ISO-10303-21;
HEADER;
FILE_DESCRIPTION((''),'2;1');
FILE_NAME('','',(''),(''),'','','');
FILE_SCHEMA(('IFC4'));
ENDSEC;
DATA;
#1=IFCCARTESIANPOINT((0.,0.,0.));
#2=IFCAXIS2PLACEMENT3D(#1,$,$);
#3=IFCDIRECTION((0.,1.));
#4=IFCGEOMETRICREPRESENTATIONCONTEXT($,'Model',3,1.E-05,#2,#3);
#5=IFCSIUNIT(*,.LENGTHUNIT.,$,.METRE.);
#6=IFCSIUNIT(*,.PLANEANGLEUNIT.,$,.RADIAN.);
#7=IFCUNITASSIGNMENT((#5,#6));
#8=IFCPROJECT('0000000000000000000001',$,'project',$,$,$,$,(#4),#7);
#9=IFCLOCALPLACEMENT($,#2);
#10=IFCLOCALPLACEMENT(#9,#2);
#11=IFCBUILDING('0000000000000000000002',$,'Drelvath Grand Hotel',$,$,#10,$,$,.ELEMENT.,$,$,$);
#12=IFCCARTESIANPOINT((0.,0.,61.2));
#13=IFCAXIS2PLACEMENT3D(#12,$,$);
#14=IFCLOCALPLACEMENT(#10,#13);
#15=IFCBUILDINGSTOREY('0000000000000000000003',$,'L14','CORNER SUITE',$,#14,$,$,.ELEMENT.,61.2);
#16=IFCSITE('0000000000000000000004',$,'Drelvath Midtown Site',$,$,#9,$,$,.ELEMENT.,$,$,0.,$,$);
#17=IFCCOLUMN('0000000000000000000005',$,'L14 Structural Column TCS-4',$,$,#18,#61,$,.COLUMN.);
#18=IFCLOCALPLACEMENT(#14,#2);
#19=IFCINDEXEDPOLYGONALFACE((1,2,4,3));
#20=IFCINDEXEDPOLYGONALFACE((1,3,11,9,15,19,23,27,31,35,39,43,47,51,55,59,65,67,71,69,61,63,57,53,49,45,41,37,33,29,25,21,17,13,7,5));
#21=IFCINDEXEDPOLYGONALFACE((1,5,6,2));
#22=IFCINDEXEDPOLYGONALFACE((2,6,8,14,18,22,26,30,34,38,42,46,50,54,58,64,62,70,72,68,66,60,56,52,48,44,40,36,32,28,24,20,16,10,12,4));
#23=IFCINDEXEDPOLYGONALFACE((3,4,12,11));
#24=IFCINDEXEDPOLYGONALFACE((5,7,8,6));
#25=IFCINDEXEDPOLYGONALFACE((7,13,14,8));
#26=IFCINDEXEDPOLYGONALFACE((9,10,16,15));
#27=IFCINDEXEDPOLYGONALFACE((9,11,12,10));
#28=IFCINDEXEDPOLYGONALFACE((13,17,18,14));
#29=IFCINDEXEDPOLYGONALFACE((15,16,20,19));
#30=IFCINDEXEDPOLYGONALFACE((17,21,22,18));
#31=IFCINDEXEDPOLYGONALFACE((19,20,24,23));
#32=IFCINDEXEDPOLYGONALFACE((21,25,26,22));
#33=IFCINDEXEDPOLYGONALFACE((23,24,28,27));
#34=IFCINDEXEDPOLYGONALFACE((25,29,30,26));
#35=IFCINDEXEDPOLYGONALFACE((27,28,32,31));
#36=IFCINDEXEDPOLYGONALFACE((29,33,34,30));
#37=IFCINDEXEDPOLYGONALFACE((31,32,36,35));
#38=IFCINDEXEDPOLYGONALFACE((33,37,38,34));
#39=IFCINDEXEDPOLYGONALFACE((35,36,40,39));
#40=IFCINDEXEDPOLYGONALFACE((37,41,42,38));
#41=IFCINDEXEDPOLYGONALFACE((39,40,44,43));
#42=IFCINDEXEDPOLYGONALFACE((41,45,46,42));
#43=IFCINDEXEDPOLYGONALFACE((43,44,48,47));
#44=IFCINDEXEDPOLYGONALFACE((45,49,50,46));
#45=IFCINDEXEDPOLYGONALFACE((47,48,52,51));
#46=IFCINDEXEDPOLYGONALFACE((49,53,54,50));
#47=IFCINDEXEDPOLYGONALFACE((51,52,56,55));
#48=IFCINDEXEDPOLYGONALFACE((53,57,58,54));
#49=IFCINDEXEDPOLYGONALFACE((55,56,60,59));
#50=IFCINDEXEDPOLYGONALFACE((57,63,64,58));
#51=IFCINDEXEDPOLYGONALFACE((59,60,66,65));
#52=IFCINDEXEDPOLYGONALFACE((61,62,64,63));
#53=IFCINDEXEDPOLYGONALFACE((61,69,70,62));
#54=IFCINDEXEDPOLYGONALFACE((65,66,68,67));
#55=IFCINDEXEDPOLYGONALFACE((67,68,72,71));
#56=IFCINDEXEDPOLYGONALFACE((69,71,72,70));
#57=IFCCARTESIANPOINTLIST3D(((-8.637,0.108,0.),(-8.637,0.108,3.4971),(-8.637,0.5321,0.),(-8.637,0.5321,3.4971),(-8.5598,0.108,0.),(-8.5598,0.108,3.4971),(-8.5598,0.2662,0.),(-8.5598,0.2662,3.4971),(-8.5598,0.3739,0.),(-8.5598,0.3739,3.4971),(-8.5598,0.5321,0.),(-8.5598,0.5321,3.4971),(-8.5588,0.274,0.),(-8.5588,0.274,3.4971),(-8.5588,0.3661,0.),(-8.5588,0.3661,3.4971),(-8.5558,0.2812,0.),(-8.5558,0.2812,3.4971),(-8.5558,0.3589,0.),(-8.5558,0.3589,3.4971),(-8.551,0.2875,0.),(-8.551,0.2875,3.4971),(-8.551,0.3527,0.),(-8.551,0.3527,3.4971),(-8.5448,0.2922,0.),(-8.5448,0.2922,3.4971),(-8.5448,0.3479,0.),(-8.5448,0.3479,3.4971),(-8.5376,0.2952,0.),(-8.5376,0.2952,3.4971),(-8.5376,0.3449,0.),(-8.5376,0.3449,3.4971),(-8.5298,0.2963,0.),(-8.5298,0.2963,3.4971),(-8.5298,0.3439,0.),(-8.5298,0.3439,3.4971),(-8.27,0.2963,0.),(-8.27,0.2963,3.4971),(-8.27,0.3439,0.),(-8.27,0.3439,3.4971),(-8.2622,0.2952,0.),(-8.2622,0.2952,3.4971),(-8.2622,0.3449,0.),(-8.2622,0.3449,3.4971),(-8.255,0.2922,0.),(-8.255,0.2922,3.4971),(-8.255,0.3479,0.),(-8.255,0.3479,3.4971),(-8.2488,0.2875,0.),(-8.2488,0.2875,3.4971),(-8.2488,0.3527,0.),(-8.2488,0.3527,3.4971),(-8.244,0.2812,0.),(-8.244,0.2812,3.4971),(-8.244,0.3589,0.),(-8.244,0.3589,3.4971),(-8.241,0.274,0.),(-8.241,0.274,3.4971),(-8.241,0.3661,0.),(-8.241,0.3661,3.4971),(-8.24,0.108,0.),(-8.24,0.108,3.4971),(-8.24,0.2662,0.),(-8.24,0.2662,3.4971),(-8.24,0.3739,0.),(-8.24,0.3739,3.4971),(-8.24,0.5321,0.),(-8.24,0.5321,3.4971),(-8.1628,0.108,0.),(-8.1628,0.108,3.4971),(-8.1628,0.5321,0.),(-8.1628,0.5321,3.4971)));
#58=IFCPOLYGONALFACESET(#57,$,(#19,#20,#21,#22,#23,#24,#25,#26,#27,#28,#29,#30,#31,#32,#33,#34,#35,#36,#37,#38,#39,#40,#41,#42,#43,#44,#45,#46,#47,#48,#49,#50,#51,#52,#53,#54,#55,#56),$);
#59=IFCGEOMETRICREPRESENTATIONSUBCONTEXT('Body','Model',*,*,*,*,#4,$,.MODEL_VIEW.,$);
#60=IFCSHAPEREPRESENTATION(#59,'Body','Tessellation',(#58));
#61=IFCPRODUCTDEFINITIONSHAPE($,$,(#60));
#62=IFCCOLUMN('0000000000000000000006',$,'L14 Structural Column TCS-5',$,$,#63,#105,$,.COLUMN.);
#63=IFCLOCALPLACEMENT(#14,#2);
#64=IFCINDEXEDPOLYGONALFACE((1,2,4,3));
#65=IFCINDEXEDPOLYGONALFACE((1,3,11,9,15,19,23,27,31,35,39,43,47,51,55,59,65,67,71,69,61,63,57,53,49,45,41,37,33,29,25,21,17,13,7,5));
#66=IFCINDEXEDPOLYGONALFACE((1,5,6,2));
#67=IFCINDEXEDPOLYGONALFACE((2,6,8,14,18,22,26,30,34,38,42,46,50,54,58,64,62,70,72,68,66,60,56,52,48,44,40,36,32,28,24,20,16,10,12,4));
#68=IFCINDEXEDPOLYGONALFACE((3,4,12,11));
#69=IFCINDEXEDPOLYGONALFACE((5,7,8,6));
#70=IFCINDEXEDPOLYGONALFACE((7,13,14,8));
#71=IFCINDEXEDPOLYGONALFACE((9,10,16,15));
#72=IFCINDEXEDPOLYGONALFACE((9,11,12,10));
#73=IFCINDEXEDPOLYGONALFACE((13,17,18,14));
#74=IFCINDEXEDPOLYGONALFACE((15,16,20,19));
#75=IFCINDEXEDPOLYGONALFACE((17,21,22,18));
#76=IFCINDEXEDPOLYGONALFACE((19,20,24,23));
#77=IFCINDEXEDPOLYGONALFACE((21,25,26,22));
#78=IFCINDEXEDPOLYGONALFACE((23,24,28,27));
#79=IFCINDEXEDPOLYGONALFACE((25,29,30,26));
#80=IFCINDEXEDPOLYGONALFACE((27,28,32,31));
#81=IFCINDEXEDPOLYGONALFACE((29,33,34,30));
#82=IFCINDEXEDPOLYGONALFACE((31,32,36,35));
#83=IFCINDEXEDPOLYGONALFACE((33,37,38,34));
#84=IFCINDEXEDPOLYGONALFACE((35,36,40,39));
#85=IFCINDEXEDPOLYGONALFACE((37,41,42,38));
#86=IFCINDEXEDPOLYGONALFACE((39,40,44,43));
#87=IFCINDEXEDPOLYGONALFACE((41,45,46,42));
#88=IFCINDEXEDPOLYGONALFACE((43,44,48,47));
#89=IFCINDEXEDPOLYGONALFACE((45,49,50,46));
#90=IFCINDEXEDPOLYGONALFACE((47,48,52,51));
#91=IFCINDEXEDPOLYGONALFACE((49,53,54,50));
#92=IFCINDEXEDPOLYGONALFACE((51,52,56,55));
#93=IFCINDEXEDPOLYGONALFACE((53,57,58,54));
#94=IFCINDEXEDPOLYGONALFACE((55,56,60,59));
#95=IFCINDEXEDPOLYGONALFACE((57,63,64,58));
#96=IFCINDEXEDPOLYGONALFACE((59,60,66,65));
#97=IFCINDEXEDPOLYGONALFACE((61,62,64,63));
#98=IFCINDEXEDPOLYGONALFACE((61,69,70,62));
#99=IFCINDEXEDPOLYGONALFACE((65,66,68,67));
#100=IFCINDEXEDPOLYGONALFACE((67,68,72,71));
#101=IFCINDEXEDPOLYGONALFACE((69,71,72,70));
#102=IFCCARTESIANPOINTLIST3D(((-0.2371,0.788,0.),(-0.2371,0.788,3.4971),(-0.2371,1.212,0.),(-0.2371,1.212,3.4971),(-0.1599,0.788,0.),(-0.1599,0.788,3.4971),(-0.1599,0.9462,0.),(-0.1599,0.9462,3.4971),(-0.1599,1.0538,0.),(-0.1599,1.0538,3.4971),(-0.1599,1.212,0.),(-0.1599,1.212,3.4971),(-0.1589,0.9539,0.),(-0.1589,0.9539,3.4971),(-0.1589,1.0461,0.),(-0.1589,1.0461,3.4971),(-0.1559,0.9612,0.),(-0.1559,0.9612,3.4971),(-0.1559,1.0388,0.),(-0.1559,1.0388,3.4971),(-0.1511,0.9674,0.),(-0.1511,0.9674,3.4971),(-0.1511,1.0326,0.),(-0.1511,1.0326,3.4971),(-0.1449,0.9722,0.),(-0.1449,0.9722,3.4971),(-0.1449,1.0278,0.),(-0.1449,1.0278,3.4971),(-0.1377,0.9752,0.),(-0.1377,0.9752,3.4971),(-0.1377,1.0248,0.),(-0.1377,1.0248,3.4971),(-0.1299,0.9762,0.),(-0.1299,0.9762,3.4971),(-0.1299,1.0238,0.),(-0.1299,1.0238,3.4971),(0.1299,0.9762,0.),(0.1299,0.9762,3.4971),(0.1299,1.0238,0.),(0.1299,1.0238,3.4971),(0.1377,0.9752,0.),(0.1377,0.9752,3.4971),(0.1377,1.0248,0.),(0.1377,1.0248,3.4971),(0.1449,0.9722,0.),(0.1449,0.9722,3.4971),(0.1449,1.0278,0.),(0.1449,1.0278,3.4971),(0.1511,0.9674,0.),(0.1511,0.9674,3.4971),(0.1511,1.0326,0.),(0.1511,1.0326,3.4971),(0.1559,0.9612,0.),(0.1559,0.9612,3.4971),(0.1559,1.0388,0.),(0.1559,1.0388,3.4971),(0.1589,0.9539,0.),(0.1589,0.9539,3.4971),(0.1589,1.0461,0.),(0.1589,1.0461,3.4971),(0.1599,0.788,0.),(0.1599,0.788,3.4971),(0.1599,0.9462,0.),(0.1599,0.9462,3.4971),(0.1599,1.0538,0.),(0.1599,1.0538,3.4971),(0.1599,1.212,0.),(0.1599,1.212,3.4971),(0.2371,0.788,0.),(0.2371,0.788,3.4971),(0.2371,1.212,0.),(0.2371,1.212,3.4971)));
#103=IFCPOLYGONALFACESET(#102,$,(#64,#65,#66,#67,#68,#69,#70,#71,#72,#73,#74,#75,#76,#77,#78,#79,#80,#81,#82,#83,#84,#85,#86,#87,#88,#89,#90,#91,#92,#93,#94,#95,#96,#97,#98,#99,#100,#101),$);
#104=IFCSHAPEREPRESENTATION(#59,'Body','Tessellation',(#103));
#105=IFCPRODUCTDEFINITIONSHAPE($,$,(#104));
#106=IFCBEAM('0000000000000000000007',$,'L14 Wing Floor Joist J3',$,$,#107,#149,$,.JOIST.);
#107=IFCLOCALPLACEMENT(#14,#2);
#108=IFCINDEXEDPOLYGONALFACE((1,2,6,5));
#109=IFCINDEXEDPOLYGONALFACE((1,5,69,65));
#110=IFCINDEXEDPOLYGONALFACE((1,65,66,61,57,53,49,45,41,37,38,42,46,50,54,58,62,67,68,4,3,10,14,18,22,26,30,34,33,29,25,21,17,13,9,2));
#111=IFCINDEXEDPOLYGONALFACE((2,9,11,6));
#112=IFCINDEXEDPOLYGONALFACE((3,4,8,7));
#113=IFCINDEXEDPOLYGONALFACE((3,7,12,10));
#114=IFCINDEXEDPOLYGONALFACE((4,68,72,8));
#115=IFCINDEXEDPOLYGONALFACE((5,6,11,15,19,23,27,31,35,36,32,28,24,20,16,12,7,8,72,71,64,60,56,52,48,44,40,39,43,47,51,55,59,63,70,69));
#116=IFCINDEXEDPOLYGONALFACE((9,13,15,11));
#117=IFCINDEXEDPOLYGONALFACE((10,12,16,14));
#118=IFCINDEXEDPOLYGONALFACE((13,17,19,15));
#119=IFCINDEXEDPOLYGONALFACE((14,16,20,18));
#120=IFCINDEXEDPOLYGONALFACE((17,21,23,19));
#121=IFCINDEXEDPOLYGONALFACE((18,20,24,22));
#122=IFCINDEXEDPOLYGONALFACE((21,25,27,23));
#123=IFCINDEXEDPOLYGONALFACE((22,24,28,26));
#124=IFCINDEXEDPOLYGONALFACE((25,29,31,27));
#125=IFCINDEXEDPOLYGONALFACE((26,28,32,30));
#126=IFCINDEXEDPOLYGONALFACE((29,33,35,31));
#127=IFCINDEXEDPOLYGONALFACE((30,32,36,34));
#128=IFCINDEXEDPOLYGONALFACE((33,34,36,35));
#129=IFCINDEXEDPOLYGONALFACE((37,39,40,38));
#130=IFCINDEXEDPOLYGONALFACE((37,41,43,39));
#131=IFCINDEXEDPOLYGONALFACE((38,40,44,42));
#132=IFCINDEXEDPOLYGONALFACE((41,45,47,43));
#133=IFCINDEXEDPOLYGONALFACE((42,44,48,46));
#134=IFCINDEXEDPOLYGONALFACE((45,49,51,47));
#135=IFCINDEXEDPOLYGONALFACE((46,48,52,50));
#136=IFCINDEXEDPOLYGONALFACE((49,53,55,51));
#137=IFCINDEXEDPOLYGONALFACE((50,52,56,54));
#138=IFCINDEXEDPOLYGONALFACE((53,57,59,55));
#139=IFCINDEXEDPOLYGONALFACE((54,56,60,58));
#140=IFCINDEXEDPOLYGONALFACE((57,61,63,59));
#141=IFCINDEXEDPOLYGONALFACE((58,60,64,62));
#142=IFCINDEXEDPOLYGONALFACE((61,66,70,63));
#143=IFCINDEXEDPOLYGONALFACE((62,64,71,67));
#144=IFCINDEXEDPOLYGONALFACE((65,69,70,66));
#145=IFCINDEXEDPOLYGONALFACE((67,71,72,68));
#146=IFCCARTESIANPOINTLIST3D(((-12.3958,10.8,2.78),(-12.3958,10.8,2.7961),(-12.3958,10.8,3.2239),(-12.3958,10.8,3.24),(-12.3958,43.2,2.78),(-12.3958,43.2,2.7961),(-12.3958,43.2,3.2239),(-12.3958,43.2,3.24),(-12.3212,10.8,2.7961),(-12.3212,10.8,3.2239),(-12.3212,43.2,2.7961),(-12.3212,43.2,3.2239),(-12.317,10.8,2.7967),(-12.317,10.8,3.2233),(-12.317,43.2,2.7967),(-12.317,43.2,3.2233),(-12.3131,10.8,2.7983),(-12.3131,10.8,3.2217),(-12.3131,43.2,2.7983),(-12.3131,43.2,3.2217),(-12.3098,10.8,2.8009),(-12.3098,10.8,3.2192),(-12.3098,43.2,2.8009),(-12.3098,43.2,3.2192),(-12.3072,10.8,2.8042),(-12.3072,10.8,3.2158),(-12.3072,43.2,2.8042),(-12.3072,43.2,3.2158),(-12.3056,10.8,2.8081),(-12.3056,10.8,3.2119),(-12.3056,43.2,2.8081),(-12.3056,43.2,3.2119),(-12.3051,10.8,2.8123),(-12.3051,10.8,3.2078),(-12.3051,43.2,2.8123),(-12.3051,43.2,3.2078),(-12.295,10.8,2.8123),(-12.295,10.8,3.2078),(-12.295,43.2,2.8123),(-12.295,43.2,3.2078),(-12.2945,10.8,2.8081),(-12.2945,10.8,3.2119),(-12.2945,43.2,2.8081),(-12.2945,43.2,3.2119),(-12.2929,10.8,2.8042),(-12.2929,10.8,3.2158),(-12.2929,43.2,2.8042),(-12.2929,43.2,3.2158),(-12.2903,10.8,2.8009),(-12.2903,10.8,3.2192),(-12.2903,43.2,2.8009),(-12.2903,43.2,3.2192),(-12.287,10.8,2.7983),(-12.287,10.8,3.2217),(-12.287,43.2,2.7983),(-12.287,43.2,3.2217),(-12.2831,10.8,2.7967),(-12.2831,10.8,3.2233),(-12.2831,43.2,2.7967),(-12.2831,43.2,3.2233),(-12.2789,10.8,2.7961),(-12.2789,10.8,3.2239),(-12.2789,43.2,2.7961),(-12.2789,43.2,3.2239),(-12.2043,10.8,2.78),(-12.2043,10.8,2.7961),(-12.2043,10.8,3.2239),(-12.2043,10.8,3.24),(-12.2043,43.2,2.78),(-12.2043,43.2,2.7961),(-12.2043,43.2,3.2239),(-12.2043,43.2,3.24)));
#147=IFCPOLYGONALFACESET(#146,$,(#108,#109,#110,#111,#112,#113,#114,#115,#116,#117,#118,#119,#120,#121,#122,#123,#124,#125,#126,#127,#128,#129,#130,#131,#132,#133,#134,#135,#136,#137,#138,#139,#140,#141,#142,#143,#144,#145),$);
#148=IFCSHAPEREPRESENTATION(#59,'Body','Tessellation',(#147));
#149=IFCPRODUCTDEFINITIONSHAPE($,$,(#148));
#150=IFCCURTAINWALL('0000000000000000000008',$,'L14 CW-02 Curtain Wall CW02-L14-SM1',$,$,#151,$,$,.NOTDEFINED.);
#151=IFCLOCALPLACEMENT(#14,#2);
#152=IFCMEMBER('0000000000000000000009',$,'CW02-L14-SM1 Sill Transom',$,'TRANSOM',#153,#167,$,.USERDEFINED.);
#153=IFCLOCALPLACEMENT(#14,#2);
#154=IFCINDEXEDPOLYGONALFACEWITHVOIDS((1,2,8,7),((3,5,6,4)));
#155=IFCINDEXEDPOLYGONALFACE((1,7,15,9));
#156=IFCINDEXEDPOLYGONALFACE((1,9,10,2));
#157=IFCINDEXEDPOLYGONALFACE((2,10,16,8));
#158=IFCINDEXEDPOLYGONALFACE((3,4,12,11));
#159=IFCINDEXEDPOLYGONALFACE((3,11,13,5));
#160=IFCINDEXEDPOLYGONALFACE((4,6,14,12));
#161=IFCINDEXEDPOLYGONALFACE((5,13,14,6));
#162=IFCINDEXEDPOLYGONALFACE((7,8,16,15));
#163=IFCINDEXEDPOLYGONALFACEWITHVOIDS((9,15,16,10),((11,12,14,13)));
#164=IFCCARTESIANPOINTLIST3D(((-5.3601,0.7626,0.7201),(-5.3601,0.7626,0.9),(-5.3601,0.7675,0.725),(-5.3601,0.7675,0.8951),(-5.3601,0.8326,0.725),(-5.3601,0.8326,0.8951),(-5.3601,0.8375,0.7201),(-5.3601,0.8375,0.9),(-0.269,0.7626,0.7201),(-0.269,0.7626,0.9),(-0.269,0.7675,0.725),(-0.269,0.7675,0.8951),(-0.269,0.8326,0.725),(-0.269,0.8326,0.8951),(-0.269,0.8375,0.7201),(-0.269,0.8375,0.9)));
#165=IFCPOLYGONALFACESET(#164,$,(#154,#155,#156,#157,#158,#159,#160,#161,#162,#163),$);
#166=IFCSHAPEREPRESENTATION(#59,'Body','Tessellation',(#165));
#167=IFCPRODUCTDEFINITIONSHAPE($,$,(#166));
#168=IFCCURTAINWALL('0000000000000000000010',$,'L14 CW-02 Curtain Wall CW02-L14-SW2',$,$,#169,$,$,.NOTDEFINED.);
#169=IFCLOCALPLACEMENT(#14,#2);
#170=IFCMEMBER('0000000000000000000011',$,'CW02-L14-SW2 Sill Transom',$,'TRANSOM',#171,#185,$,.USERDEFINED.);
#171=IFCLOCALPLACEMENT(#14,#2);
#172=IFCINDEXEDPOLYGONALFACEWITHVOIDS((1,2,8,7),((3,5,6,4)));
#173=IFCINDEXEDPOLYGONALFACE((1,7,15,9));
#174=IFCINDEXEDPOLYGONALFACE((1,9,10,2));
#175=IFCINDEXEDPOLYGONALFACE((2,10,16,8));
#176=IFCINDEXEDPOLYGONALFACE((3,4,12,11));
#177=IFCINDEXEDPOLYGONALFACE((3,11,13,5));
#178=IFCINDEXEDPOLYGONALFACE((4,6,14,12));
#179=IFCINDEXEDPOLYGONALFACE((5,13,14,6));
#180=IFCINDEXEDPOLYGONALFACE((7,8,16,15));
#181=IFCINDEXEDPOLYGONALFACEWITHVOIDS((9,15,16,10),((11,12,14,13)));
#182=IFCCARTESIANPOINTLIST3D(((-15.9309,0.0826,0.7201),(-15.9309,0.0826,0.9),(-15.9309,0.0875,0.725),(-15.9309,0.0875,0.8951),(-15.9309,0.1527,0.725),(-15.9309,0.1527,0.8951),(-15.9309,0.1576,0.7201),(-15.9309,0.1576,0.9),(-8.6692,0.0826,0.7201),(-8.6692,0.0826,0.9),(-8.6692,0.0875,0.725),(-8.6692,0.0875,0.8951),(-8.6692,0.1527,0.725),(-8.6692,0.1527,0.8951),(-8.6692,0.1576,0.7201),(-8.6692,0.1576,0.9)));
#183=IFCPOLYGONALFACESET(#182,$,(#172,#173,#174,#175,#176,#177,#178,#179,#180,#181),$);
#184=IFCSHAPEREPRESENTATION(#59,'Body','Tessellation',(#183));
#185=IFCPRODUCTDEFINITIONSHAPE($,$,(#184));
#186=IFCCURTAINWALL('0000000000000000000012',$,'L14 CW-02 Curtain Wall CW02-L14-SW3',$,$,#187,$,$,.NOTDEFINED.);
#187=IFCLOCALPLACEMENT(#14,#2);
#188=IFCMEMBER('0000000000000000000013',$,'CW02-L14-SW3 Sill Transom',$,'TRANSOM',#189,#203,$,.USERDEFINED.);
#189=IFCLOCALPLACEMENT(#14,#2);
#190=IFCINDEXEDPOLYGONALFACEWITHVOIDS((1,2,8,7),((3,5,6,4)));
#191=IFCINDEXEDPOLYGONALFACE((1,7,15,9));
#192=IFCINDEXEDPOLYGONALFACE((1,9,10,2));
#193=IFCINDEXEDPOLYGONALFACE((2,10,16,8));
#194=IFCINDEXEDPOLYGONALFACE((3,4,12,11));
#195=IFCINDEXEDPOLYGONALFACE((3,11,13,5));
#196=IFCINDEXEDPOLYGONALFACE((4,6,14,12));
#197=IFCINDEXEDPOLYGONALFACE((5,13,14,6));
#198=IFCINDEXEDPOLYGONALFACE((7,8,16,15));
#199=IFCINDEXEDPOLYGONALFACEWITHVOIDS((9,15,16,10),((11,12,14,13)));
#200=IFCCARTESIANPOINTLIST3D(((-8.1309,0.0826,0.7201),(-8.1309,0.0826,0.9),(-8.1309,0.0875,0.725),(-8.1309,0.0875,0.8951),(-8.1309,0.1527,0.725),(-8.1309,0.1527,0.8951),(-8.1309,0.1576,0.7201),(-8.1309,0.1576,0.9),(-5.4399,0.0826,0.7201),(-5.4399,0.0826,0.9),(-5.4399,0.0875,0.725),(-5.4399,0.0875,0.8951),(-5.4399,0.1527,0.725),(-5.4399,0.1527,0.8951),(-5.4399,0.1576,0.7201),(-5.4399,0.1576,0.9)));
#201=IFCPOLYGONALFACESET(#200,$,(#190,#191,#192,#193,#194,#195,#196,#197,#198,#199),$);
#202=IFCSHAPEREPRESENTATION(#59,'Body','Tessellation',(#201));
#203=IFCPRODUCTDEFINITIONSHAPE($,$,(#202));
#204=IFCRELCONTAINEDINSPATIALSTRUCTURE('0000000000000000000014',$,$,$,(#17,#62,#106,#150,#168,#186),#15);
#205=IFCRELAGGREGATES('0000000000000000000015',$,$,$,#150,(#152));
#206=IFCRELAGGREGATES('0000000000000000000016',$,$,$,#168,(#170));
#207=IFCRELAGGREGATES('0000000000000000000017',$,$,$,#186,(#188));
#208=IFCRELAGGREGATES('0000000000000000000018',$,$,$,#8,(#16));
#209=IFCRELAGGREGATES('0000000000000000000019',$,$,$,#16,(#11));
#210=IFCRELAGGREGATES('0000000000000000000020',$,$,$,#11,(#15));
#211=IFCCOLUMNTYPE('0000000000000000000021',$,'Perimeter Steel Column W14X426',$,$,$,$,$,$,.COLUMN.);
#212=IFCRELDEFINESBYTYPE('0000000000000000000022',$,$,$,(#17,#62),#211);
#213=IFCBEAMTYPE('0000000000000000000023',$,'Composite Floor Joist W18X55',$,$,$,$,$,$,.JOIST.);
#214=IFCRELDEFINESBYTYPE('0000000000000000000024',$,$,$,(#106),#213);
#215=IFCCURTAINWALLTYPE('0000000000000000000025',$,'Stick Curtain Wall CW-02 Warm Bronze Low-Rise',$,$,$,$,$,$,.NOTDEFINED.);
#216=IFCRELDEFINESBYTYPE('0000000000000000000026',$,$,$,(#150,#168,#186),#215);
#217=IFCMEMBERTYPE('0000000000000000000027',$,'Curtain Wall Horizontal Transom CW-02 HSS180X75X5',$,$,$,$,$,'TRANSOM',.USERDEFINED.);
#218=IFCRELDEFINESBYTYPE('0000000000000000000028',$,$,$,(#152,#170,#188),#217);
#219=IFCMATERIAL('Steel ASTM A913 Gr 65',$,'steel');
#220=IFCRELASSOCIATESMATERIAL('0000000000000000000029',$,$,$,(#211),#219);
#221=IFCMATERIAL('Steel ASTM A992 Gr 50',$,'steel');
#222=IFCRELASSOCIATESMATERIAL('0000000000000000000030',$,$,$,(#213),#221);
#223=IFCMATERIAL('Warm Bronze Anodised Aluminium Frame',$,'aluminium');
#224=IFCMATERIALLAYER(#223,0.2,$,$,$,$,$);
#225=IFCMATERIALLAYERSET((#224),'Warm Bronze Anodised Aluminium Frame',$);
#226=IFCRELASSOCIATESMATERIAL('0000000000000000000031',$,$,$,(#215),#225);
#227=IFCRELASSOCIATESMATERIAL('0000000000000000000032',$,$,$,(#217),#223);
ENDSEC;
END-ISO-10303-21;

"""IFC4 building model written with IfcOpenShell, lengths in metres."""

from ifc_helpers import new_model, si_unit, direction, frame, origin, origin_2d, place, context, subcontext, project, spatial, hollow_rectangle, i_section, extrude, material, layer, layer_set, material_profile, profile_set, type_object, element, aggregate, save


model = new_model("IFC4")

# Units and contexts
model_context = context("Model", 3, precision=1e-05, world=origin(), true_north=direction((0.0, 1.0)))
body_context = subcontext(model_context, "Body", "Model", "MODEL_VIEW")
ifc_project = project(units=[si_unit("LENGTHUNIT", "METRE"), si_unit("PLANEANGLEUNIT", "RADIAN")], contexts=[model_context])

# Site, building, storey
site_placement = place(None, origin())
site = spatial("IfcSite", under=ifc_project, at=site_placement, Name="Drelvath Midtown Site", CompositionType="ELEMENT", RefElevation=0.0)
building_placement = place(site_placement, origin())
building = spatial("IfcBuilding", under=site, at=building_placement, Name="Drelvath Grand Hotel", CompositionType="ELEMENT")
storey_placement = place(building_placement, frame((0.0, 0.0, 61.2)))
storey = spatial("IfcBuildingStorey", under=building, at=storey_placement, Name="L14", Description="CORNER SUITE", CompositionType="ELEMENT", Elevation=61.2)

# Columns
ifc_material_1 = material(Name="Steel ASTM A913 Gr 65", Category="steel")
ifc_material_profile_1 = material_profile(ifc_material_1, i_section(OverallWidth=0.4241, OverallDepth=0.4741, WebThickness=0.0476, FlangeThickness=0.0771, FilletRadius=0.03, at=origin_2d()), Name="W14X426")
ifc_profile_set_1 = profile_set([ifc_material_profile_1], Name="Steel ASTM A913 Gr 65")
column_type = type_object("IfcColumnType", Name="Perimeter Steel Column W14X426", PredefinedType="COLUMN", material=ifc_profile_set_1)
for number, where, z_axis, x_axis, name in (
    (1, (-8.3999, 0.3201, 0.0), (0.0, 0.0, 1.0), (0.0, 1.0, 0.0), "L14 Structural Column TCS-4"),
    (2, (0.0, 1.0, 0.0), (0.0, 0.0, 1.0), (0.0, 1.0, 0.0), "L14 Structural Column TCS-5"),
):
    element("IfcColumn", number, at=place(storey_placement, frame(where, z_axis=z_axis, x_axis=x_axis)), inside=storey, type_object=column_type, Name=name, PredefinedType="COLUMN", context=body_context, shape_type="SweptSolid", body=[
        extrude(i_section(OverallWidth=0.4241, OverallDepth=0.4741, WebThickness=0.0476, FlangeThickness=0.0771, FilletRadius=0.03, at=origin_2d()), origin(), (0.0, 0.0, 1.0), 3.4971),
    ])

# Beam
ifc_material_2 = material(Name="Steel ASTM A992 Gr 50", Category="steel")
ifc_material_profile_2 = material_profile(ifc_material_2, i_section(OverallWidth=0.1914, OverallDepth=0.46, WebThickness=0.01, FlangeThickness=0.0161, FilletRadius=0.0161, at=origin_2d()), Name="W18X55")
ifc_profile_set_2 = profile_set([ifc_material_profile_2], Name="Steel ASTM A992 Gr 50")
beam_type_1 = type_object("IfcBeamType", Name="Composite Floor Joist W18X55", PredefinedType="JOIST", material=ifc_profile_set_2)
beam_1_placement = place(storey_placement, frame((-12.3, 10.8, 3.01), z_axis=(0.0, 1.0, 0.0), x_axis=(-1.0, 0.0, 0.0)))
element("IfcBeam", 3, at=beam_1_placement, inside=storey, type_object=beam_type_1, Name="L14 Wing Floor Joist J3", PredefinedType="JOIST", context=body_context, shape_type="SweptSolid", body=[
    extrude(i_section(OverallWidth=0.1914, OverallDepth=0.46, WebThickness=0.01, FlangeThickness=0.0161, FilletRadius=0.0161, at=origin_2d()), origin(), (0.0, 0.0, 1.0), 32.3999),
])

# Curtain walls, members
ifc_material_3 = material(Name="Warm Bronze Anodised Aluminium Frame", Category="aluminium")
ifc_layer_1 = layer(ifc_material_3, 0.2)
ifc_layer_set_1 = layer_set([ifc_layer_1], Name="Warm Bronze Anodised Aluminium Frame")
curtain_wall_type = type_object("IfcCurtainWallType", Name="Stick Curtain Wall CW-02 Warm Bronze Low-Rise", PredefinedType="NOTDEFINED", material=ifc_layer_set_1)
curtain_wall_1_placement = place(storey_placement, origin())
curtain_wall_1 = element("IfcCurtainWall", 4, at=curtain_wall_1_placement, inside=storey, type_object=curtain_wall_type, Name="L14 CW-02 Curtain Wall CW02-L14-SM1", PredefinedType="NOTDEFINED")
ifc_material_profile_3 = material_profile(ifc_material_3, hollow_rectangle(XDim=0.075, YDim=0.1799, WallThickness=0.0049, at=origin_2d()), Name="HSS180X75X5")
ifc_profile_set_3 = profile_set([ifc_material_profile_3], Name="Warm Bronze Anodised Aluminium Frame")
member_type_1 = type_object("IfcMemberType", Name="Curtain Wall Horizontal Transom CW-02 HSS180X75X5", ElementType="TRANSOM", PredefinedType="USERDEFINED", material=ifc_profile_set_3)
member_1_placement = place(storey_placement, frame((-0.269, 0.8, 0.8101), z_axis=(-1.0, 0.0, 0.0), x_axis=(0.0, -1.0, 0.0)))
member_1 = element("IfcMember", 5, at=member_1_placement, type_object=member_type_1, Name="CW02-L14-SM1 Sill Transom", ObjectType="TRANSOM", PredefinedType="USERDEFINED", context=body_context, shape_type="SweptSolid", body=[
    extrude(hollow_rectangle(XDim=0.075, YDim=0.1799, WallThickness=0.0049, at=origin_2d()), origin(), (0.0, 0.0, 1.0), 5.0911),
])
curtain_wall_2_placement = place(storey_placement, origin())
curtain_wall_2 = element("IfcCurtainWall", 6, at=curtain_wall_2_placement, inside=storey, type_object=curtain_wall_type, Name="L14 CW-02 Curtain Wall CW02-L14-SW2", PredefinedType="NOTDEFINED")
member_2_placement = place(storey_placement, frame((-8.6692, 0.1201, 0.8101), z_axis=(-1.0, 0.0, 0.0), x_axis=(0.0, -1.0, 0.0)))
member_2 = element("IfcMember", 7, at=member_2_placement, type_object=member_type_1, Name="CW02-L14-SW2 Sill Transom", ObjectType="TRANSOM", PredefinedType="USERDEFINED", context=body_context, shape_type="SweptSolid", body=[
    extrude(hollow_rectangle(XDim=0.075, YDim=0.1799, WallThickness=0.0049, at=origin_2d()), origin(), (0.0, 0.0, 1.0), 7.2617),
])
curtain_wall_3_placement = place(storey_placement, origin())
curtain_wall_3 = element("IfcCurtainWall", 8, at=curtain_wall_3_placement, inside=storey, type_object=curtain_wall_type, Name="L14 CW-02 Curtain Wall CW02-L14-SW3", PredefinedType="NOTDEFINED")
member_3_placement = place(storey_placement, frame((-5.4399, 0.1201, 0.8101), z_axis=(-1.0, 0.0, 0.0), x_axis=(0.0, -1.0, 0.0)))
member_3 = element("IfcMember", 9, at=member_3_placement, type_object=member_type_1, Name="CW02-L14-SW3 Sill Transom", ObjectType="TRANSOM", PredefinedType="USERDEFINED", context=body_context, shape_type="SweptSolid", body=[
    extrude(hollow_rectangle(XDim=0.075, YDim=0.1799, WallThickness=0.0049, at=origin_2d()), origin(), (0.0, 0.0, 1.0), 2.6909),
])

aggregate(curtain_wall_1, [member_1])
aggregate(curtain_wall_2, [member_2])
aggregate(curtain_wall_3, [member_3])

save(model, "model.ifc")
